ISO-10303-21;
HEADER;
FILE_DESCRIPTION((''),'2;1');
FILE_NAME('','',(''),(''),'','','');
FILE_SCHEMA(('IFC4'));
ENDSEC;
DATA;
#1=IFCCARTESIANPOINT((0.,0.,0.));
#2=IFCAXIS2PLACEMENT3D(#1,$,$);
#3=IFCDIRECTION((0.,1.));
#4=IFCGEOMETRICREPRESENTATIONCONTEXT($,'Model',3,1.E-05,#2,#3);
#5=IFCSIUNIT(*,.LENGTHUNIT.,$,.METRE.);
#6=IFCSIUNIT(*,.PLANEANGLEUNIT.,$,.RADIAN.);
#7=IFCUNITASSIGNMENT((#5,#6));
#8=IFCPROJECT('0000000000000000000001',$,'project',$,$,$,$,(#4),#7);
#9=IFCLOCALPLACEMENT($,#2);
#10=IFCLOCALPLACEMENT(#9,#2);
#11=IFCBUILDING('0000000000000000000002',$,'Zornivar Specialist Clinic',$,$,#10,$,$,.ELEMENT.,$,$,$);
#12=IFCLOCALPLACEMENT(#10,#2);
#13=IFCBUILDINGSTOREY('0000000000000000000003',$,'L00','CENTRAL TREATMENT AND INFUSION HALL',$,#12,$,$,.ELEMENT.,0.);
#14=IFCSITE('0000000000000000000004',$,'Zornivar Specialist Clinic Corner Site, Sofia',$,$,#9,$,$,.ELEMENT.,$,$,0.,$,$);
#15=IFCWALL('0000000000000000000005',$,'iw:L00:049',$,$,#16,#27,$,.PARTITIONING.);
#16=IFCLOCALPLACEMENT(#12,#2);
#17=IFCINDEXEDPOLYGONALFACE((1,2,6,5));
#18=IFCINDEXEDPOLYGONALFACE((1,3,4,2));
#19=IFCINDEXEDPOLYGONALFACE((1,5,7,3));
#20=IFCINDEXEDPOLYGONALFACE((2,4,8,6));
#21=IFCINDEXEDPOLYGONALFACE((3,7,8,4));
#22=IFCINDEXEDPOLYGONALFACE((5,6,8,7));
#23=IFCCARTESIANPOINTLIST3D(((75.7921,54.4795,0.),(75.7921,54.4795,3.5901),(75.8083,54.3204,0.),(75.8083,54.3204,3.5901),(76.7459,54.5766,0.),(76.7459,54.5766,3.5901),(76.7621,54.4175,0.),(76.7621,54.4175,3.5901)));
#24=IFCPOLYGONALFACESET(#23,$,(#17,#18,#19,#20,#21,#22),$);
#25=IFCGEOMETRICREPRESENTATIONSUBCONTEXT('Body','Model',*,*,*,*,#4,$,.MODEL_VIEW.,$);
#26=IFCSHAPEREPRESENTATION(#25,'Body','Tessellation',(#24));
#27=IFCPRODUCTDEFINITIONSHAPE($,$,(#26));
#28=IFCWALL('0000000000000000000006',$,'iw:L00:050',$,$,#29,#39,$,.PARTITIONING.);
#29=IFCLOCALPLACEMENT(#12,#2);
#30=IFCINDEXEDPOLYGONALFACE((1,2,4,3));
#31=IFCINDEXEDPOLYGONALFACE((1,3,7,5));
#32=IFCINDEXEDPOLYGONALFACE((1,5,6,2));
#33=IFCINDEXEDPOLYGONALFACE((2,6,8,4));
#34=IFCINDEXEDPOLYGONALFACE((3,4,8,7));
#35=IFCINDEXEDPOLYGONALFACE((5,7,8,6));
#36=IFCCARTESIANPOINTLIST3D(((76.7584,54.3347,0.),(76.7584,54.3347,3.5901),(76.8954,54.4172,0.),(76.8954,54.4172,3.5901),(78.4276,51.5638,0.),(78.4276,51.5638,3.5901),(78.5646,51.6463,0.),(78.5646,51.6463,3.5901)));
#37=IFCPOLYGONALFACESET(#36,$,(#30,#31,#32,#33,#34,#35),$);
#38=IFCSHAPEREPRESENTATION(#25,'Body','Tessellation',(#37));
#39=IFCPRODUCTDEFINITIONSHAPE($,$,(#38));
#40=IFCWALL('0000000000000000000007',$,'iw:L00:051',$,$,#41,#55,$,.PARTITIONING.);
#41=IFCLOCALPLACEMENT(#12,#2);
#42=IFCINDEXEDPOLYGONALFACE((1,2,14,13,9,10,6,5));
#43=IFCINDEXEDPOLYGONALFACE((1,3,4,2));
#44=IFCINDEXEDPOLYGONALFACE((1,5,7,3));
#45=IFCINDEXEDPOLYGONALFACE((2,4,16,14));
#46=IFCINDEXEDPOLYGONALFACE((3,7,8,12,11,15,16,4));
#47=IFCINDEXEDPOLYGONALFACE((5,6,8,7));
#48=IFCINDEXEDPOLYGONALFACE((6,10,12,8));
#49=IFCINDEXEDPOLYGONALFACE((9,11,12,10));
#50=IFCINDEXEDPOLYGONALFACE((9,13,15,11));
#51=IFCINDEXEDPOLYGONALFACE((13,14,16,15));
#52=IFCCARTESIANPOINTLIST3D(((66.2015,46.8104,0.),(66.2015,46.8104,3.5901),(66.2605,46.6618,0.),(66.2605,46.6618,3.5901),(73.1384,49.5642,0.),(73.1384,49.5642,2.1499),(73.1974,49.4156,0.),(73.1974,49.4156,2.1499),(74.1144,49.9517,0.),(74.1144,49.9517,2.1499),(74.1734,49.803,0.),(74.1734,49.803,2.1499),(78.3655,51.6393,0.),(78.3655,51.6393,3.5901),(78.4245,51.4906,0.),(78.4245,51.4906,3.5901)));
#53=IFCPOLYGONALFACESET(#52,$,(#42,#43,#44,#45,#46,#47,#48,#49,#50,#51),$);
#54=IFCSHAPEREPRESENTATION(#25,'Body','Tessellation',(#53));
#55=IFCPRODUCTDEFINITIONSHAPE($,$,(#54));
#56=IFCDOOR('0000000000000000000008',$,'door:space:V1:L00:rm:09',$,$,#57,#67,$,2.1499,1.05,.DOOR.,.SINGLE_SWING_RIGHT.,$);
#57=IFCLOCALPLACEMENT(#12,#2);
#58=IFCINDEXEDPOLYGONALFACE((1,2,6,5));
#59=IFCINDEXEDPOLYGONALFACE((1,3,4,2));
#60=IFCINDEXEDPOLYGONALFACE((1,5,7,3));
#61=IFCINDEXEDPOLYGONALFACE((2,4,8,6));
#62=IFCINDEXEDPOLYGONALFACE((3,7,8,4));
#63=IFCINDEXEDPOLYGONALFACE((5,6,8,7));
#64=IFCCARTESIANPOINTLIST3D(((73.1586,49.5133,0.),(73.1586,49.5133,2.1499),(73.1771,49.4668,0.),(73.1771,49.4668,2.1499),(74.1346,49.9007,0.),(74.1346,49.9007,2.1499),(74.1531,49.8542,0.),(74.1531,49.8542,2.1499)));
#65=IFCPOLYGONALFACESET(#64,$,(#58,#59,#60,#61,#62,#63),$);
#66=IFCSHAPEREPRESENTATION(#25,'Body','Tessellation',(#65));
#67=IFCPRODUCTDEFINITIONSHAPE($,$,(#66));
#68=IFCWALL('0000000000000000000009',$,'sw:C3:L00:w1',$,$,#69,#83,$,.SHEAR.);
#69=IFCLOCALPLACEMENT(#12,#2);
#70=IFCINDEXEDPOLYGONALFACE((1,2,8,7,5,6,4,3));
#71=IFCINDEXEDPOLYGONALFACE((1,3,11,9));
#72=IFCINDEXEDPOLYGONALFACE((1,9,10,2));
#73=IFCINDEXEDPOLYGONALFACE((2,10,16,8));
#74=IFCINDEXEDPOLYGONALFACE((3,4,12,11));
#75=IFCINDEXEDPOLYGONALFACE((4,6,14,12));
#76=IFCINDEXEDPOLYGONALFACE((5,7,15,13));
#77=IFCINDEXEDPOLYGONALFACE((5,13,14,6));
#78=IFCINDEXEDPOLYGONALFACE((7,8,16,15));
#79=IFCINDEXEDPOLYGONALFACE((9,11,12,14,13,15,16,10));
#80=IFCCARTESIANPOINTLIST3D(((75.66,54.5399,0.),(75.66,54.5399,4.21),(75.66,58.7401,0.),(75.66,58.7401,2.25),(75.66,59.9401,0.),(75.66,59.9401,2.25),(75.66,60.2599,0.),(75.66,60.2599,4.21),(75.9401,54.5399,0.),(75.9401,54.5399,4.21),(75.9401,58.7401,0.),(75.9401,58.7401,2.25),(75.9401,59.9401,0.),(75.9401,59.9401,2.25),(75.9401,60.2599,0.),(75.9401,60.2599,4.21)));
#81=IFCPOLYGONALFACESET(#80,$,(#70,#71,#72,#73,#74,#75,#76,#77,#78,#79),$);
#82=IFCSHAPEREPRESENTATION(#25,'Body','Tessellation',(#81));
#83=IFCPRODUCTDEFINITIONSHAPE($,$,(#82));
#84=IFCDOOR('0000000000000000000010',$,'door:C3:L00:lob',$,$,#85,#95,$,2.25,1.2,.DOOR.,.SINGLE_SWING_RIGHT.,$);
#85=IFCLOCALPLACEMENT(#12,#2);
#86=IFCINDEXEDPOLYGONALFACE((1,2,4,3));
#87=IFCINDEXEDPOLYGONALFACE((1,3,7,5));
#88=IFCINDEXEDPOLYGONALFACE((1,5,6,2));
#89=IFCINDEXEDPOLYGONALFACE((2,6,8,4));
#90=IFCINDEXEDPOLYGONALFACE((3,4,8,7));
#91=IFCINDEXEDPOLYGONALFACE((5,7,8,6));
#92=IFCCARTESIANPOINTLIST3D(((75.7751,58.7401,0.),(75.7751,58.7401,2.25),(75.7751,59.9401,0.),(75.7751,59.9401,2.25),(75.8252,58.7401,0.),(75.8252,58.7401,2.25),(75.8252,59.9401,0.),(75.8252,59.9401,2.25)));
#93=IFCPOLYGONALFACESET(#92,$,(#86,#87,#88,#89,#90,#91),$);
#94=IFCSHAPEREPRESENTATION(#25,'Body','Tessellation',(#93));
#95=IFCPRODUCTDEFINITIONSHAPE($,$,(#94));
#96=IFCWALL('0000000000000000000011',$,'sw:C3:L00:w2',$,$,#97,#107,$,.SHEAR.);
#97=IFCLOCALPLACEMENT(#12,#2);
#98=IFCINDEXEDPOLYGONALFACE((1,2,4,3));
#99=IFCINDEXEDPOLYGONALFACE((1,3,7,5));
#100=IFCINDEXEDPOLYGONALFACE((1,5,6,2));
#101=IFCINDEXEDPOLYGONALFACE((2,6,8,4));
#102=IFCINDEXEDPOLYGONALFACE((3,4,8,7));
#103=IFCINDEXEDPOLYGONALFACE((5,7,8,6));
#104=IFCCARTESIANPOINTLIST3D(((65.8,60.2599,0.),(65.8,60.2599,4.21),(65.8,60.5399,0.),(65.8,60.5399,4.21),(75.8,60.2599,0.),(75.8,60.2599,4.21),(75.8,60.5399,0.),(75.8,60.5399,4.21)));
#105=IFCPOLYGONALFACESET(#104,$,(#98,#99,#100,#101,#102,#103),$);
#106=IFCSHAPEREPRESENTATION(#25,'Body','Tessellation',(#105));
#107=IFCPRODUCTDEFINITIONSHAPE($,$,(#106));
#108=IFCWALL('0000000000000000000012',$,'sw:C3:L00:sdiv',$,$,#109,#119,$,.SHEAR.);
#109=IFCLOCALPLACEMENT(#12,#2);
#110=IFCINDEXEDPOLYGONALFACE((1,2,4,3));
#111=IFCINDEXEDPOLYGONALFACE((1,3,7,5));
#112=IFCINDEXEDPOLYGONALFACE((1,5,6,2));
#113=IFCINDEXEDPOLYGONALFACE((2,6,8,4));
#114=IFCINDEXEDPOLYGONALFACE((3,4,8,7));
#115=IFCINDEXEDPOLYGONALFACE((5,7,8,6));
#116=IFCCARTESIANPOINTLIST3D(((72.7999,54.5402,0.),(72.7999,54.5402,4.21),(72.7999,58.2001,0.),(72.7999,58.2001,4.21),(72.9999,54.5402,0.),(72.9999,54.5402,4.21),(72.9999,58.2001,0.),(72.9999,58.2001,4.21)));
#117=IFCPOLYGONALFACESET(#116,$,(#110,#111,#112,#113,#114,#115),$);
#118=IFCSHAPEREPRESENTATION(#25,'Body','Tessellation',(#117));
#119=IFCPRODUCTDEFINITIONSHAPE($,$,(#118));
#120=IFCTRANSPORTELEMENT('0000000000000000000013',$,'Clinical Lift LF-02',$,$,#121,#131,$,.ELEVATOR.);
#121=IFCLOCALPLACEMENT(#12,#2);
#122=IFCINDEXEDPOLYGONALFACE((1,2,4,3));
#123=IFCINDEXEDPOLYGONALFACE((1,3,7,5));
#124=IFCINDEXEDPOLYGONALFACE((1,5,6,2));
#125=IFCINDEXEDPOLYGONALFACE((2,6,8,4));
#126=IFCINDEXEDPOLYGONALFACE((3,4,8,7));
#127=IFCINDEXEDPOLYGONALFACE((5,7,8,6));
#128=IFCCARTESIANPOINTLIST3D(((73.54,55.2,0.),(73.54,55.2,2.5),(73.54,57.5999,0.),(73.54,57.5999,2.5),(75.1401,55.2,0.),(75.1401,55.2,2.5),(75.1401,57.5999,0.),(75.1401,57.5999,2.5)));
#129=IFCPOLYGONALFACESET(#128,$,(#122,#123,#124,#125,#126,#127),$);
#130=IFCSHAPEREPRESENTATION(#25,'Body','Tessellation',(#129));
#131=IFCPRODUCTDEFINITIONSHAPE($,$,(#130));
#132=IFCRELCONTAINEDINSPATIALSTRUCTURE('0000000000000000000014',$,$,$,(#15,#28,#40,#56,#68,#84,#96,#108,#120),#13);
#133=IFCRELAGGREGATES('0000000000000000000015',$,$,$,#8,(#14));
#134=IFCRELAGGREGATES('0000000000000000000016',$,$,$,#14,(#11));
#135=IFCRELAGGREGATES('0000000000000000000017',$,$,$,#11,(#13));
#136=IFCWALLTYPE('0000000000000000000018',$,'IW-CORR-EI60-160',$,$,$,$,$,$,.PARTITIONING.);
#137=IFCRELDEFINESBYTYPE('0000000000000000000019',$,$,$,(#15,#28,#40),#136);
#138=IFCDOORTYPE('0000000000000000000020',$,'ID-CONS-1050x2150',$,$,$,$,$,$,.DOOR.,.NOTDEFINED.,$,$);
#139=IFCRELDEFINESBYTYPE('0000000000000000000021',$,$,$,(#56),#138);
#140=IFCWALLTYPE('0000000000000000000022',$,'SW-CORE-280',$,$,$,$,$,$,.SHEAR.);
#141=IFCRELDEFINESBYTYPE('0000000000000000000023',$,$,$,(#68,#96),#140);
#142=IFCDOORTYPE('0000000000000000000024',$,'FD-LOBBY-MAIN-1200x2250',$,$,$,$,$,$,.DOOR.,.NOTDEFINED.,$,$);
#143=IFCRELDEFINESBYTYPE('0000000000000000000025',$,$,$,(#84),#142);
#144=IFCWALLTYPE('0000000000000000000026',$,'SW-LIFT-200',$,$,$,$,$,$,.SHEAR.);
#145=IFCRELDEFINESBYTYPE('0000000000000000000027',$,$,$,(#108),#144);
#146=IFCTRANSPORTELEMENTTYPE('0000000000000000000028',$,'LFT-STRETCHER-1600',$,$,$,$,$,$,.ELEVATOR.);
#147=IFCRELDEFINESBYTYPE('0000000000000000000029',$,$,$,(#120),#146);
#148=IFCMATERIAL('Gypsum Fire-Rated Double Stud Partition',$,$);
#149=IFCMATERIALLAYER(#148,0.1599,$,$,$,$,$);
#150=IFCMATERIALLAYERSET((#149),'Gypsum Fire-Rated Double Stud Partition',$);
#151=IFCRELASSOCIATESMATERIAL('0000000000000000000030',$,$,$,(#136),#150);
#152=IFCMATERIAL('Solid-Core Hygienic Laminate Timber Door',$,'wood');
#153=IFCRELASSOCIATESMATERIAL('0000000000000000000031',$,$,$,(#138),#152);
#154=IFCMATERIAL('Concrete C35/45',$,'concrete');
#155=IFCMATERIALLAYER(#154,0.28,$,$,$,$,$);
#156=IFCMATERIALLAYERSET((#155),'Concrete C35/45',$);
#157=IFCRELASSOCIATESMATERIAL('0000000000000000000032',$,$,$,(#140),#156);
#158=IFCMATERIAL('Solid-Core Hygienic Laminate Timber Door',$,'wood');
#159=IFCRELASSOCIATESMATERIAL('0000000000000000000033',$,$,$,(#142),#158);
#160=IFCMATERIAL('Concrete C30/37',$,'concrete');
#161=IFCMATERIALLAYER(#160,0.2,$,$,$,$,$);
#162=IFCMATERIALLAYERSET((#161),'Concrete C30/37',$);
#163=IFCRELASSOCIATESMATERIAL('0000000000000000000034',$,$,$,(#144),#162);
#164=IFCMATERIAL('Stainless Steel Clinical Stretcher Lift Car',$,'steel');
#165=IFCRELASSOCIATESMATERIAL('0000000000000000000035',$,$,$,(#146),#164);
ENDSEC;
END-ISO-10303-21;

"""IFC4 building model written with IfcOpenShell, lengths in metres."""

from ifc_helpers import new_model, si_unit, direction, frame, frame_2d, origin, origin_2d, place, context, subcontext, project, spatial, rectangle, extrude, material, layer, layer_set, type_object, element, fill, save


model = new_model("IFC4")

# Units and contexts
model_context = context("Model", 3, precision=1e-05, world=origin(), true_north=direction((0.0, 1.0)))
body_context = subcontext(model_context, "Body", "Model", "MODEL_VIEW")
ifc_project = project(units=[si_unit("LENGTHUNIT", "METRE"), si_unit("PLANEANGLEUNIT", "RADIAN")], contexts=[model_context])

# Site, building, storey
site_placement = place(None, origin())
site = spatial("IfcSite", under=ifc_project, at=site_placement, Name="Zornivar Specialist Clinic Corner Site, Sofia", CompositionType="ELEMENT", RefElevation=0.0)
building_placement = place(site_placement, origin())
building = spatial("IfcBuilding", under=site, at=building_placement, Name="Zornivar Specialist Clinic", CompositionType="ELEMENT")
storey_placement = place(building_placement, origin())
storey = spatial("IfcBuildingStorey", under=building, at=storey_placement, Name="L00", Description="CENTRAL TREATMENT AND INFUSION HALL", CompositionType="ELEMENT", Elevation=0.0)

# Walls
ifc_material_1 = material(Name="Gypsum Fire-Rated Double Stud Partition")
ifc_layer_1 = layer(ifc_material_1, 0.1599)
ifc_layer_set_1 = layer_set([ifc_layer_1], Name="Gypsum Fire-Rated Double Stud Partition")
wall_type_1 = type_object("IfcWallType", Name="IW-CORR-EI60-160", PredefinedType="PARTITIONING", material=ifc_layer_set_1)
wall_1_placement = place(storey_placement, frame((75.8, 54.3999, 0.0), z_axis=(0.0, 0.0, 1.0), x_axis=(0.994851, 0.101344, 0.0)))
element("IfcWall", 1, at=wall_1_placement, inside=storey, type_object=wall_type_1, Name="iw:L00:049", PredefinedType="PARTITIONING", context=body_context, shape_type="SweptSolid", body=[
    extrude(rectangle(XDim=0.9587, YDim=0.1599, at=frame_2d((0.4795, 0.0))), origin(), (0.0, 0.0, 1.0), 3.5901),
])
wall_2_placement = place(storey_placement, frame((76.8269, 54.376, 0.0), z_axis=(0.0, 0.0, 1.0), x_axis=(0.515993, -0.856593, 0.0)))
element("IfcWall", 2, at=wall_2_placement, inside=storey, type_object=wall_type_1, Name="iw:L00:050", PredefinedType="PARTITIONING", context=body_context, shape_type="SweptSolid", body=[
    extrude(rectangle(XDim=3.2349, YDim=0.1599, at=frame_2d((1.6174, 0.0))), origin(), (0.0, 0.0, 1.0), 3.5901),
])

# Walls, openings, doors
wall_3_placement = place(storey_placement, frame((78.395, 51.5649, 0.0), z_axis=(0.0, 0.0, 1.0), x_axis=(-0.929442, -0.368968, 0.0)))
wall_3 = element("IfcWall", 3, at=wall_3_placement, inside=storey, type_object=wall_type_1, Name="iw:L00:051", PredefinedType="PARTITIONING", context=body_context, shape_type="SweptSolid", body=[
    extrude(rectangle(XDim=13.0874, YDim=0.1599, at=frame_2d((6.5437, 0.0))), origin(), (0.0, 0.0, 1.0), 3.5901),
])
opening_1_placement = place(wall_3_placement, frame((4.574, 0.0, 0.0)))
opening_1 = element("IfcOpeningElement", 4, at=opening_1_placement, cuts=wall_3, PredefinedType="OPENING", context=body_context, shape_type="SweptSolid", body=[
    extrude(rectangle(XDim=1.05, YDim=2.1499, at=frame_2d((0.5249, 1.075))), frame((0.0, 0.0898, 0.0), z_axis=(0.0, -1.0, 0.0), x_axis=(1.0, 0.0, 0.0)), (0.0, 0.0, 1.0), 0.1799),
])
ifc_material_2 = material(Name="Solid-Core Hygienic Laminate Timber Door", Category="wood")
door_type_1 = type_object("IfcDoorType", Name="ID-CONS-1050x2150", OperationType="NOTDEFINED", PredefinedType="DOOR", material=ifc_material_2)
door_1_placement = place(opening_1_placement, origin())
door_1 = element("IfcDoor", 5, at=door_1_placement, inside=storey, type_object=door_type_1, Name="door:space:V1:L00:rm:09", OperationType="SINGLE_SWING_RIGHT", OverallHeight=2.1499, OverallWidth=1.05, PredefinedType="DOOR", context=body_context, shape_type="SweptSolid", body=[
    extrude(rectangle(XDim=1.05, YDim=2.1499, at=frame_2d((0.5249, 1.075))), frame((0.0, 0.0249, 0.0), z_axis=(0.0, -1.0, 0.0), x_axis=(1.0, 0.0, 0.0)), (0.0, 0.0, 1.0), 0.05),
])
fill(opening_1, door_1)
ifc_material_3 = material(Name="Concrete C35/45", Category="concrete")
ifc_layer_2 = layer(ifc_material_3, 0.28)
ifc_layer_set_2 = layer_set([ifc_layer_2], Name="Concrete C35/45")
wall_type_2 = type_object("IfcWallType", Name="SW-CORE-280", PredefinedType="SHEAR", material=ifc_layer_set_2)
wall_4_placement = place(storey_placement, frame((75.8, 54.54, 0.0), z_axis=(0.0, 0.0, 1.0), x_axis=(0.0, 1.0, 0.0)))
wall_4 = element("IfcWall", 6, at=wall_4_placement, inside=storey, type_object=wall_type_2, Name="sw:C3:L00:w1", PredefinedType="SHEAR", context=body_context, shape_type="SweptSolid", body=[
    extrude(rectangle(XDim=5.72, YDim=0.28, at=frame_2d((2.8599, 0.0))), origin(), (0.0, 0.0, 1.0), 4.21),
])
opening_2_placement = place(wall_4_placement, frame((4.2, 0.0, 0.0)))
opening_2 = element("IfcOpeningElement", 7, at=opening_2_placement, cuts=wall_4, PredefinedType="OPENING", context=body_context, shape_type="SweptSolid", body=[
    extrude(rectangle(XDim=1.2, YDim=2.25, at=frame_2d((0.6001, 1.125))), frame((0.0, 0.1499, 0.0), z_axis=(0.0, -1.0, 0.0), x_axis=(1.0, 0.0, 0.0)), (0.0, 0.0, 1.0), 0.3),
])
ifc_material_4 = material(Name="Solid-Core Hygienic Laminate Timber Door", Category="wood")
door_type_2 = type_object("IfcDoorType", Name="FD-LOBBY-MAIN-1200x2250", OperationType="NOTDEFINED", PredefinedType="DOOR", material=ifc_material_4)
door_2_placement = place(opening_2_placement, origin())
door_2 = element("IfcDoor", 8, at=door_2_placement, inside=storey, type_object=door_type_2, Name="door:C3:L00:lob", OperationType="SINGLE_SWING_RIGHT", OverallHeight=2.25, OverallWidth=1.2, PredefinedType="DOOR", context=body_context, shape_type="SweptSolid", body=[
    extrude(rectangle(XDim=1.2, YDim=2.25, at=frame_2d((0.6001, 1.125))), frame((0.0, 0.0249, 0.0), z_axis=(0.0, -1.0, 0.0), x_axis=(1.0, 0.0, 0.0)), (0.0, 0.0, 1.0), 0.05),
])
fill(opening_2, door_2)

# Walls
wall_5_placement = place(storey_placement, frame((75.8, 60.3999, 0.0), z_axis=(0.0, 0.0, 1.0), x_axis=(-1.0, 0.0, 0.0)))
element("IfcWall", 9, at=wall_5_placement, inside=storey, type_object=wall_type_2, Name="sw:C3:L00:w2", PredefinedType="SHEAR", context=body_context, shape_type="SweptSolid", body=[
    extrude(rectangle(XDim=10.0, YDim=0.28, at=frame_2d((5.0, 0.0))), origin(), (0.0, 0.0, 1.0), 4.21),
])
ifc_material_5 = material(Name="Concrete C30/37", Category="concrete")
ifc_layer_3 = layer(ifc_material_5, 0.2)
ifc_layer_set_3 = layer_set([ifc_layer_3], Name="Concrete C30/37")
wall_type_3 = type_object("IfcWallType", Name="SW-LIFT-200", PredefinedType="SHEAR", material=ifc_layer_set_3)
wall_6_placement = place(storey_placement, frame((72.8999, 54.54, 0.0), z_axis=(0.0, 0.0, 1.0), x_axis=(0.0, 1.0, 0.0)))
element("IfcWall", 10, at=wall_6_placement, inside=storey, type_object=wall_type_3, Name="sw:C3:L00:sdiv", PredefinedType="SHEAR", context=body_context, shape_type="SweptSolid", body=[
    extrude(rectangle(XDim=3.6599, YDim=0.2, at=frame_2d((1.8301, 0.0))), origin(), (0.0, 0.0, 1.0), 4.21),
])

# Transport element
ifc_material_6 = material(Name="Stainless Steel Clinical Stretcher Lift Car", Category="steel")
transport_element_type = type_object("IfcTransportElementType", Name="LFT-STRETCHER-1600", PredefinedType="ELEVATOR", material=ifc_material_6)
transport_element_placement = place(storey_placement, frame((74.3401, 56.3999, 0.0), z_axis=(0.0, 0.0, 1.0), x_axis=(1.0, 0.0, 0.0)))
element("IfcTransportElement", 11, at=transport_element_placement, inside=storey, type_object=transport_element_type, Name="Clinical Lift LF-02", PredefinedType="ELEVATOR", context=body_context, shape_type="SweptSolid", body=[
    extrude(rectangle(XDim=1.6001, YDim=2.3999, at=origin_2d()), origin(), (0.0, 0.0, 1.0), 2.5),
])

save(model, "model.ifc")
